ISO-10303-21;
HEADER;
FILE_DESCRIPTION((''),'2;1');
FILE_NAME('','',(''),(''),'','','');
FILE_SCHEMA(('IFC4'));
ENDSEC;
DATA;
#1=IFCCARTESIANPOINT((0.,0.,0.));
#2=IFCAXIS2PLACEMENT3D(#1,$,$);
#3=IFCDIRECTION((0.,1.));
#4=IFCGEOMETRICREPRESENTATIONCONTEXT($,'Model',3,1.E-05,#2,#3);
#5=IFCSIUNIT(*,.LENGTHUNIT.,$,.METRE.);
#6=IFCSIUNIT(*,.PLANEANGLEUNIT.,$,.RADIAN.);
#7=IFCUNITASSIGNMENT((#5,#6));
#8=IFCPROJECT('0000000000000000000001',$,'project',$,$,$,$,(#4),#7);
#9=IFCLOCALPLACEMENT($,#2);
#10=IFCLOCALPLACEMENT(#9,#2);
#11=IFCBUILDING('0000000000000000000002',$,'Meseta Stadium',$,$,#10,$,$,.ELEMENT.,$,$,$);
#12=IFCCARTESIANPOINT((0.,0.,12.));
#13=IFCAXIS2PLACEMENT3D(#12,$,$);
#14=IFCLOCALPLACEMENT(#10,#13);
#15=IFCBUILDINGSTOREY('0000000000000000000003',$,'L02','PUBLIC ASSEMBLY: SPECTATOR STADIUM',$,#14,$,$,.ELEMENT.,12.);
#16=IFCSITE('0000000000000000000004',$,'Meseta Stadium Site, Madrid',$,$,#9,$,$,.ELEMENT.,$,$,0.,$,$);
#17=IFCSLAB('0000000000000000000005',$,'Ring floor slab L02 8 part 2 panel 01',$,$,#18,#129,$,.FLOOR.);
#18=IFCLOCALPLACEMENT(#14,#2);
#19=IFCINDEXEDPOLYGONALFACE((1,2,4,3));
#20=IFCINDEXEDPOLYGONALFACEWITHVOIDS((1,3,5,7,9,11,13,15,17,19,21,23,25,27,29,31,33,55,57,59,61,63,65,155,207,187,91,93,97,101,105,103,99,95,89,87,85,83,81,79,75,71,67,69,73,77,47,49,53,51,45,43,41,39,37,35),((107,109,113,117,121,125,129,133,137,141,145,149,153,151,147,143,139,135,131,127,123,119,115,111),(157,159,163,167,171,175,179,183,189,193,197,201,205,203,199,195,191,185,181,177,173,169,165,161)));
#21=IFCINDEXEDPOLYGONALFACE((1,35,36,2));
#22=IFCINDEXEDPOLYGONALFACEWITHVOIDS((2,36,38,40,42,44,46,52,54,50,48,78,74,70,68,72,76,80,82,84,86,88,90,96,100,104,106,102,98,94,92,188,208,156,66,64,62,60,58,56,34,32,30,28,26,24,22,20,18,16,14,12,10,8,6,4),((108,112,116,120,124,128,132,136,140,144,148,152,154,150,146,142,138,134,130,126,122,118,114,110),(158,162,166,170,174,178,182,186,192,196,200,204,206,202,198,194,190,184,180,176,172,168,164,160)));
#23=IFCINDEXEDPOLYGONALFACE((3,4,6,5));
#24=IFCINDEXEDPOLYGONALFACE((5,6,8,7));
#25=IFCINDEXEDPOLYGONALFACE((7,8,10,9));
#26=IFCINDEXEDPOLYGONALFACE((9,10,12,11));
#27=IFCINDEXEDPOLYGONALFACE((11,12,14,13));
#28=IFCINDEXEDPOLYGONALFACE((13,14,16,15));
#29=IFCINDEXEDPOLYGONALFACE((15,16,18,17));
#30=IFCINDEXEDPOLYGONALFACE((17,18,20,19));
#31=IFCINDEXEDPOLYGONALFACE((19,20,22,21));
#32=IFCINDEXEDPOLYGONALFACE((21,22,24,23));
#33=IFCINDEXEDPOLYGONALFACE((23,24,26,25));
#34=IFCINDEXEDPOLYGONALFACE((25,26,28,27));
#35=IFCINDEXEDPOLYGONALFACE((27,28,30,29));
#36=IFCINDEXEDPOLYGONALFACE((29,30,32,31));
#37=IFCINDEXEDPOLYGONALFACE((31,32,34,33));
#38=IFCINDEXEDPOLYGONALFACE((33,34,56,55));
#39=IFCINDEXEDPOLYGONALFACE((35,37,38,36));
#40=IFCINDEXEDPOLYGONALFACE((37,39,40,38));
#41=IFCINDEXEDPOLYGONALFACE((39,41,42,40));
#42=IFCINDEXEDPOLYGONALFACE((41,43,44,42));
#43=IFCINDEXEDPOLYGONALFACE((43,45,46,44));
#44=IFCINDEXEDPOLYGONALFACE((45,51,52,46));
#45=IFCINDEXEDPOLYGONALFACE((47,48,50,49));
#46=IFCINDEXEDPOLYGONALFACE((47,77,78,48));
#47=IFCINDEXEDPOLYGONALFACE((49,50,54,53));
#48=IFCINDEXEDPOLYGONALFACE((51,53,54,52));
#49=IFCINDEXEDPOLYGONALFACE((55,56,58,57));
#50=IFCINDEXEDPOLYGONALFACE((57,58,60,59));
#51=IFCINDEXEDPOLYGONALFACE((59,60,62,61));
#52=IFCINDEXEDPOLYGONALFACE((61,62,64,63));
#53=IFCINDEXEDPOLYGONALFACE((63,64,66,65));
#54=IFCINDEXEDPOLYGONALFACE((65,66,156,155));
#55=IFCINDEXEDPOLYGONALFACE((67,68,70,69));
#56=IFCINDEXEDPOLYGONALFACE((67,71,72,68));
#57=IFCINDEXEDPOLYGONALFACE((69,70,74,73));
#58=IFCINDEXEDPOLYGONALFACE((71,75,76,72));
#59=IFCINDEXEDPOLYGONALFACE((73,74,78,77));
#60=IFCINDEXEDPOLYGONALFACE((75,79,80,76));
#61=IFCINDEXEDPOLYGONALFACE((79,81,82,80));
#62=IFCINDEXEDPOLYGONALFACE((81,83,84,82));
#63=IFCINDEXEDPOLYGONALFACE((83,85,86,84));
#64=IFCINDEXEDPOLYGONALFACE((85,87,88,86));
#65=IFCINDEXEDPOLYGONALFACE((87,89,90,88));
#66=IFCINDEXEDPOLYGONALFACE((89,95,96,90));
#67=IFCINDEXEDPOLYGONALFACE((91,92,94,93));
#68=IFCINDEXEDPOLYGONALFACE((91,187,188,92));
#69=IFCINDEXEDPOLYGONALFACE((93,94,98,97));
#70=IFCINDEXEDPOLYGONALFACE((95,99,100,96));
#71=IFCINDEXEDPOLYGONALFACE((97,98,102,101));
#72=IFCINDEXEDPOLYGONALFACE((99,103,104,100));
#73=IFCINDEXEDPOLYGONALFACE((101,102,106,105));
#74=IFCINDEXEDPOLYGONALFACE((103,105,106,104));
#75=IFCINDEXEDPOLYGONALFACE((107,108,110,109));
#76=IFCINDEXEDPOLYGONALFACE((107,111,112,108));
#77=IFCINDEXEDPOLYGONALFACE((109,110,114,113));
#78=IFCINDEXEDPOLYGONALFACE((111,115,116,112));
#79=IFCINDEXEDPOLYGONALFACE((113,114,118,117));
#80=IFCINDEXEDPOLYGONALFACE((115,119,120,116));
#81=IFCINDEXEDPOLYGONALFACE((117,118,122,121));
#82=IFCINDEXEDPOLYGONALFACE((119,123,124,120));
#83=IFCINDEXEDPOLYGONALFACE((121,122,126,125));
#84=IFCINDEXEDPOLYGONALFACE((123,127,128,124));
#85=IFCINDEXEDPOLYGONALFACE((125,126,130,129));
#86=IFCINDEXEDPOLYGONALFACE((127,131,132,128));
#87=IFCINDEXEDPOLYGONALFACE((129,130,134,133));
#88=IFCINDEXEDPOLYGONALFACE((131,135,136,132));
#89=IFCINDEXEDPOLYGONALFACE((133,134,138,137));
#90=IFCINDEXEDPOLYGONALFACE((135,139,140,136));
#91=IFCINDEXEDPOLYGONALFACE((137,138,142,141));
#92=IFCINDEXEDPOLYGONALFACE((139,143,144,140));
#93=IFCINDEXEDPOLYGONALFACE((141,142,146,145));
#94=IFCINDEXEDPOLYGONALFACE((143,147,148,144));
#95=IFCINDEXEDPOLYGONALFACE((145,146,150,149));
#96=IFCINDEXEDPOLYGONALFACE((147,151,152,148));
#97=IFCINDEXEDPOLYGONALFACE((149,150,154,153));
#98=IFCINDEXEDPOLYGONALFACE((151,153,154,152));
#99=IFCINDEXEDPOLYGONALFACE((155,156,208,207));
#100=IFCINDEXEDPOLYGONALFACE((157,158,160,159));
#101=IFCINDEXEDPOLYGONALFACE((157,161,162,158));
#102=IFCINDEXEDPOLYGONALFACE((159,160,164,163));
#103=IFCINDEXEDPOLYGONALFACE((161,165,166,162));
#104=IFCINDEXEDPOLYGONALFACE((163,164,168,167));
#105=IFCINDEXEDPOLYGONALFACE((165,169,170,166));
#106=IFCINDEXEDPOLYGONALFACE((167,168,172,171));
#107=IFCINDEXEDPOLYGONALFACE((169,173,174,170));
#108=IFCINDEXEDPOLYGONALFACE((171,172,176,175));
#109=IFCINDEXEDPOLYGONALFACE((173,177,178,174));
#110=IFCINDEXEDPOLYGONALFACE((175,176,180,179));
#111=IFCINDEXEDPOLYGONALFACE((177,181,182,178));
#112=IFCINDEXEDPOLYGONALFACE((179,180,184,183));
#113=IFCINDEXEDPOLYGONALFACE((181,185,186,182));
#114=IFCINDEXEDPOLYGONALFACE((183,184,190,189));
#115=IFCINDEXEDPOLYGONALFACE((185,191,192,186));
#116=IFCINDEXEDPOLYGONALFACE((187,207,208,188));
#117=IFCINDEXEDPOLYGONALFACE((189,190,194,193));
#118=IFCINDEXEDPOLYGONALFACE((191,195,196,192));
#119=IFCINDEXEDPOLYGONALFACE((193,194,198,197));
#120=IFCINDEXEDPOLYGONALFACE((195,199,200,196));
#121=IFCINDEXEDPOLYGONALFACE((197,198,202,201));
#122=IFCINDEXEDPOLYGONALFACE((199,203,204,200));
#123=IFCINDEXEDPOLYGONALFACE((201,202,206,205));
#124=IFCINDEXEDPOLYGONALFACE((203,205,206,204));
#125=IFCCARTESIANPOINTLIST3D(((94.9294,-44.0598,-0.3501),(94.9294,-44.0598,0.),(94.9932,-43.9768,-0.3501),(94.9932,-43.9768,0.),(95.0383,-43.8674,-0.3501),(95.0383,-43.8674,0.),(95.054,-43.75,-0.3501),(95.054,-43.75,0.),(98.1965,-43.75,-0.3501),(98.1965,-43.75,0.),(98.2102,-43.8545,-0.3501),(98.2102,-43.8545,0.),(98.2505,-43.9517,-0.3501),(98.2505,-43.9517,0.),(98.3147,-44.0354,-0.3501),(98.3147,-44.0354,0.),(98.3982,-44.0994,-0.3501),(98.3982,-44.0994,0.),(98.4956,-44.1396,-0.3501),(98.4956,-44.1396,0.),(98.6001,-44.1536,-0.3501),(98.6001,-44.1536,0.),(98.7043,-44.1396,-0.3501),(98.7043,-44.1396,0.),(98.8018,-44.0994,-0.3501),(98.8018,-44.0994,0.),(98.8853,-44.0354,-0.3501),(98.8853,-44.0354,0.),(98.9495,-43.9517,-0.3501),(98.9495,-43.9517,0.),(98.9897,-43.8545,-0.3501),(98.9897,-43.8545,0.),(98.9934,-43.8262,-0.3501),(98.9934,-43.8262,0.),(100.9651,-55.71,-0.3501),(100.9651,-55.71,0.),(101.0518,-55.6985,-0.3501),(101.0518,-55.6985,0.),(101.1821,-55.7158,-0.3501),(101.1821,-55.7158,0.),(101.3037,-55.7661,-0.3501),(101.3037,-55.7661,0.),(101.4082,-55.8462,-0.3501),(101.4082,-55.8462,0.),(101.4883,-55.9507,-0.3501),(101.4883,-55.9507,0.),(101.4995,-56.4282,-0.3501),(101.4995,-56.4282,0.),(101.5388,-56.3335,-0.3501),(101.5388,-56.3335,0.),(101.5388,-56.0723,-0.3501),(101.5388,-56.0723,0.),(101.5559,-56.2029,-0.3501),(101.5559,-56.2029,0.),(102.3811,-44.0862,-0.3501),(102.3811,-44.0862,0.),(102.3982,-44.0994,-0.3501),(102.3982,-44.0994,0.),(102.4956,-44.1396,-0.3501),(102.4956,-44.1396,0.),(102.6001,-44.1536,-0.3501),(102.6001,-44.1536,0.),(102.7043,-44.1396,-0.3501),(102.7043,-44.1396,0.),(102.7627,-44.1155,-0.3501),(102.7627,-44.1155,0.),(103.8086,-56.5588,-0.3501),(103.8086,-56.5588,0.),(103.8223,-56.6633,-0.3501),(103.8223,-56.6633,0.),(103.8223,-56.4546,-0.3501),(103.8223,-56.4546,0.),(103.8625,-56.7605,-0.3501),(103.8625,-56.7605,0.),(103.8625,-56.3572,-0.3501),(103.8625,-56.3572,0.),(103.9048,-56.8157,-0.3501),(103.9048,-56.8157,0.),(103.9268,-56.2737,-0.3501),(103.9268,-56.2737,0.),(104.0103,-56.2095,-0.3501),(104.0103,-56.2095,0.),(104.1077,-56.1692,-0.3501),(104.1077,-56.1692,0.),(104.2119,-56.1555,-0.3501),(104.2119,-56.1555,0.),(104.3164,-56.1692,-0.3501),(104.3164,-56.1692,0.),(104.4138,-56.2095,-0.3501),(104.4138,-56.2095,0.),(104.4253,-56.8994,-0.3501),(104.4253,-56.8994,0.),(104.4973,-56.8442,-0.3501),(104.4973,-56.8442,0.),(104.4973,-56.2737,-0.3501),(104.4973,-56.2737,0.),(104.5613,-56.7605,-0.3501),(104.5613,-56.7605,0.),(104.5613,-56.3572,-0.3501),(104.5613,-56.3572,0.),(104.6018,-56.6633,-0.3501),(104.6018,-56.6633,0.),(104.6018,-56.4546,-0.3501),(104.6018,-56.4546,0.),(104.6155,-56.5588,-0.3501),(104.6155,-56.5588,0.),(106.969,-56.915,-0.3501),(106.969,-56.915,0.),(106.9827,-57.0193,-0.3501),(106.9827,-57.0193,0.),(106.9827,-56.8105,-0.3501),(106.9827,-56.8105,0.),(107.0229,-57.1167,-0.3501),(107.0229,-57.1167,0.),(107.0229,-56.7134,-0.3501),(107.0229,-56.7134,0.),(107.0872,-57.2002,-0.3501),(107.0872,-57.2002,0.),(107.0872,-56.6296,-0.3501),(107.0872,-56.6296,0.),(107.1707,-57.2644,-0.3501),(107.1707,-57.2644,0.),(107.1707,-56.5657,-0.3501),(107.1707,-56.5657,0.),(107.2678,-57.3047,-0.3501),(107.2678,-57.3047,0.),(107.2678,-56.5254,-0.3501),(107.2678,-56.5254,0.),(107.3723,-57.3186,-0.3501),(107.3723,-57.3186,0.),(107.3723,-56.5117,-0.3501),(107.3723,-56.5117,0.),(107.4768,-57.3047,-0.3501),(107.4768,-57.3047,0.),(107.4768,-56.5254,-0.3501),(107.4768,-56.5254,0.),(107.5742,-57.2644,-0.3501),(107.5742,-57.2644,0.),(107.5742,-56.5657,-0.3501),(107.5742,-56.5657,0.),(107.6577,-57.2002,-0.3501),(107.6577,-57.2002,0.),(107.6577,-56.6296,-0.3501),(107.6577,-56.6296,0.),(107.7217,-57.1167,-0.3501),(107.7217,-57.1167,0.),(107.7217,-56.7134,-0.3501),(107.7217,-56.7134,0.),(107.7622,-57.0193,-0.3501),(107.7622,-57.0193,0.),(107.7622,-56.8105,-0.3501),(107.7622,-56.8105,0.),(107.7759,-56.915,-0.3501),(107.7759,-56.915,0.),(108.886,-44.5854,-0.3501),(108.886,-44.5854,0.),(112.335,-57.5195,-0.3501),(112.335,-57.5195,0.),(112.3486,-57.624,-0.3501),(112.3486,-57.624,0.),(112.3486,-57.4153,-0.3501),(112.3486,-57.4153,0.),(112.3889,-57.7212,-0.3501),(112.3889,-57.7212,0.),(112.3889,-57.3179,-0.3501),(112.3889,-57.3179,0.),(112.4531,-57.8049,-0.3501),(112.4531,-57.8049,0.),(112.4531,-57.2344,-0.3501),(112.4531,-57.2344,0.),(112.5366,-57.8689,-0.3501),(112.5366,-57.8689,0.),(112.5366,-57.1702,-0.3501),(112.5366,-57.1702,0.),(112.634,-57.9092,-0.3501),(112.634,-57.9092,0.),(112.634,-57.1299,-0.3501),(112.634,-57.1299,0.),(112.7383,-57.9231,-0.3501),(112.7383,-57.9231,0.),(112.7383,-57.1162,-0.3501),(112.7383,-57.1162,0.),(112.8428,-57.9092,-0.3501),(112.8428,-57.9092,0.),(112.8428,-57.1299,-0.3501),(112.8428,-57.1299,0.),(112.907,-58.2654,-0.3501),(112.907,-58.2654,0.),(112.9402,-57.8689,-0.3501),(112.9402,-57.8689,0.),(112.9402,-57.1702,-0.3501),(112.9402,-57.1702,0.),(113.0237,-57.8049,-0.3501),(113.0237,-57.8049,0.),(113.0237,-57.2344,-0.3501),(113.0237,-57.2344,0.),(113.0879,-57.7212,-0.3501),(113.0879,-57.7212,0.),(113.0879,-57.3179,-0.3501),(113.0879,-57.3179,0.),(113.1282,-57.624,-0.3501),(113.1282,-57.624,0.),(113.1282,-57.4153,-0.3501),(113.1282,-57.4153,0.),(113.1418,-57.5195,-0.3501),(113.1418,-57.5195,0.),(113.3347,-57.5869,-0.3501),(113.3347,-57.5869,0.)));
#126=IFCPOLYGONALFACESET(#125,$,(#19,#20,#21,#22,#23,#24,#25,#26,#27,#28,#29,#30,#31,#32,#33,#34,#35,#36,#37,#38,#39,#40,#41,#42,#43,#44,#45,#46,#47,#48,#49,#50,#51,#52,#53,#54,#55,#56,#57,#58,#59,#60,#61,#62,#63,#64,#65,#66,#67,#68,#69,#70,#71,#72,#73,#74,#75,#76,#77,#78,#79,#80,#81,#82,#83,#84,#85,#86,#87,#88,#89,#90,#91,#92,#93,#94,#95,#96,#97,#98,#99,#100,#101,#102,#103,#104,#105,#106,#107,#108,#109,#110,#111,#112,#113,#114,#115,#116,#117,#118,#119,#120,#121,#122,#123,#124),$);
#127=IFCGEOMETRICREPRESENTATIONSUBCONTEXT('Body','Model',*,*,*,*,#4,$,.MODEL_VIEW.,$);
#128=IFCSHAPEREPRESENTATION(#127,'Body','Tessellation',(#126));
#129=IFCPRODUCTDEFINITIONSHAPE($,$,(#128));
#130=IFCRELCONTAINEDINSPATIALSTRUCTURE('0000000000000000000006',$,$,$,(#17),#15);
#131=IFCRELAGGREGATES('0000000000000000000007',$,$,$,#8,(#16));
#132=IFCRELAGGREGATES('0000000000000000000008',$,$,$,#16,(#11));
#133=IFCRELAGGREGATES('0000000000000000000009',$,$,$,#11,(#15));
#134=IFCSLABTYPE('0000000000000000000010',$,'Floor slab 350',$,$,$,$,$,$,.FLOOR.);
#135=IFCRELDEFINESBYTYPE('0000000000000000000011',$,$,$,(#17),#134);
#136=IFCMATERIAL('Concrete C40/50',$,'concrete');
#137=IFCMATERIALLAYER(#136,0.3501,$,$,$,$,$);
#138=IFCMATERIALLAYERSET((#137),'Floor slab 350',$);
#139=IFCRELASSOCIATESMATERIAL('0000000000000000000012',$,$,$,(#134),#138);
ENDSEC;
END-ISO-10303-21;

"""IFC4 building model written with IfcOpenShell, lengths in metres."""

from ifc_helpers import new_model, si_unit, direction, frame, origin, place, context, subcontext, project, spatial, polyline, outline, extrude, material, layer, layer_set, type_object, element, save


model = new_model("IFC4")

# Units and contexts
model_context = context("Model", 3, precision=1e-05, world=origin(), true_north=direction((0.0, 1.0)))
body_context = subcontext(model_context, "Body", "Model", "MODEL_VIEW")
ifc_project = project(units=[si_unit("LENGTHUNIT", "METRE"), si_unit("PLANEANGLEUNIT", "RADIAN")], contexts=[model_context])

# Site, building, storey
site_placement = place(None, origin())
site = spatial("IfcSite", under=ifc_project, at=site_placement, Name="Meseta Stadium Site, Madrid", CompositionType="ELEMENT", RefElevation=0.0)
building_placement = place(site_placement, origin())
building = spatial("IfcBuilding", under=site, at=building_placement, Name="Meseta Stadium", CompositionType="ELEMENT")
storey_placement = place(building_placement, frame((0.0, 0.0, 12.0)))
storey = spatial("IfcBuildingStorey", under=building, at=storey_placement, Name="L02", Description="PUBLIC ASSEMBLY: SPECTATOR STADIUM", CompositionType="ELEMENT", Elevation=12.0)

# Slab
ifc_material_1 = material(Name="Concrete C40/50", Category="concrete")
ifc_layer_1 = layer(ifc_material_1, 0.3501)
ifc_layer_set_1 = layer_set([ifc_layer_1], Name="Floor slab 350")
slab_type_1 = type_object("IfcSlabType", Name="Floor slab 350", PredefinedType="FLOOR", material=ifc_layer_set_1)
slab_1_placement = place(storey_placement, frame((0.0, 0.0, -0.3501)))
element("IfcSlab", 1, at=slab_1_placement, inside=storey, type_object=slab_type_1, Name="Ring floor slab L02 8 part 2 panel 01", PredefinedType="FLOOR", context=body_context, shape_type="SweptSolid", body=[
    extrude(outline(polyline([(98.2102, -43.8545), (98.1965, -43.75), (95.054, -43.75), (95.0383, -43.8674), (94.9932, -43.9768), (94.9294, -44.0598), (100.9651, -55.71), (101.0518, -55.6985), (101.1821, -55.7158), (101.3037, -55.7661), (101.4082, -55.8462), (101.4883, -55.9507), (101.5388, -56.0723), (101.5559, -56.2029), (101.5388, -56.3335), (101.4995, -56.4282), (103.9048, -56.8157), (103.8625, -56.7605), (103.8223, -56.6633), (103.8086, -56.5588), (103.8223, -56.4546), (103.8625, -56.3572), (103.9268, -56.2737), (104.0103, -56.2095), (104.1077, -56.1692), (104.2119, -56.1555), (104.3164, -56.1692), (104.4138, -56.2095), (104.4973, -56.2737), (104.5613, -56.3572), (104.6018, -56.4546), (104.6155, -56.5588), (104.6018, -56.6633), (104.5613, -56.7605), (104.4973, -56.8442), (104.4253, -56.8994), (112.907, -58.2654), (113.3347, -57.5869), (108.886, -44.5854), (102.7627, -44.1155), (102.7043, -44.1396), (102.6001, -44.1536), (102.4956, -44.1396), (102.3982, -44.0994), (102.3811, -44.0862), (98.9934, -43.8262), (98.9897, -43.8545), (98.9495, -43.9517), (98.8853, -44.0354), (98.8018, -44.0994), (98.7043, -44.1396), (98.6001, -44.1536), (98.4956, -44.1396), (98.3982, -44.0994), (98.3147, -44.0354), (98.2505, -43.9517), (98.2102, -43.8545)]), holes=[polyline([(112.3486, -57.4153), (112.3889, -57.3179), (112.4531, -57.2344), (112.5366, -57.1702), (112.634, -57.1299), (112.7383, -57.1162), (112.8428, -57.1299), (112.9402, -57.1702), (113.0237, -57.2344), (113.0879, -57.3179), (113.1282, -57.4153), (113.1418, -57.5195), (113.1282, -57.624), (113.0879, -57.7212), (113.0237, -57.8049), (112.9402, -57.8689), (112.8428, -57.9092), (112.7383, -57.9231), (112.634, -57.9092), (112.5366, -57.8689), (112.4531, -57.8049), (112.3889, -57.7212), (112.3486, -57.624), (112.335, -57.5195), (112.3486, -57.4153)]), polyline([(107.4768, -56.5254), (107.5742, -56.5657), (107.6577, -56.6296), (107.7217, -56.7134), (107.7622, -56.8105), (107.7759, -56.915), (107.7622, -57.0193), (107.7217, -57.1167), (107.6577, -57.2002), (107.5742, -57.2644), (107.4768, -57.3047), (107.3723, -57.3186), (107.2678, -57.3047), (107.1707, -57.2644), (107.0872, -57.2002), (107.0229, -57.1167), (106.9827, -57.0193), (106.969, -56.915), (106.9827, -56.8105), (107.0229, -56.7134), (107.0872, -56.6296), (107.1707, -56.5657), (107.2678, -56.5254), (107.3723, -56.5117), (107.4768, -56.5254)])]), origin(), (0.0, 0.0, 1.0), 0.3501),
])

save(model, "model.ifc")
